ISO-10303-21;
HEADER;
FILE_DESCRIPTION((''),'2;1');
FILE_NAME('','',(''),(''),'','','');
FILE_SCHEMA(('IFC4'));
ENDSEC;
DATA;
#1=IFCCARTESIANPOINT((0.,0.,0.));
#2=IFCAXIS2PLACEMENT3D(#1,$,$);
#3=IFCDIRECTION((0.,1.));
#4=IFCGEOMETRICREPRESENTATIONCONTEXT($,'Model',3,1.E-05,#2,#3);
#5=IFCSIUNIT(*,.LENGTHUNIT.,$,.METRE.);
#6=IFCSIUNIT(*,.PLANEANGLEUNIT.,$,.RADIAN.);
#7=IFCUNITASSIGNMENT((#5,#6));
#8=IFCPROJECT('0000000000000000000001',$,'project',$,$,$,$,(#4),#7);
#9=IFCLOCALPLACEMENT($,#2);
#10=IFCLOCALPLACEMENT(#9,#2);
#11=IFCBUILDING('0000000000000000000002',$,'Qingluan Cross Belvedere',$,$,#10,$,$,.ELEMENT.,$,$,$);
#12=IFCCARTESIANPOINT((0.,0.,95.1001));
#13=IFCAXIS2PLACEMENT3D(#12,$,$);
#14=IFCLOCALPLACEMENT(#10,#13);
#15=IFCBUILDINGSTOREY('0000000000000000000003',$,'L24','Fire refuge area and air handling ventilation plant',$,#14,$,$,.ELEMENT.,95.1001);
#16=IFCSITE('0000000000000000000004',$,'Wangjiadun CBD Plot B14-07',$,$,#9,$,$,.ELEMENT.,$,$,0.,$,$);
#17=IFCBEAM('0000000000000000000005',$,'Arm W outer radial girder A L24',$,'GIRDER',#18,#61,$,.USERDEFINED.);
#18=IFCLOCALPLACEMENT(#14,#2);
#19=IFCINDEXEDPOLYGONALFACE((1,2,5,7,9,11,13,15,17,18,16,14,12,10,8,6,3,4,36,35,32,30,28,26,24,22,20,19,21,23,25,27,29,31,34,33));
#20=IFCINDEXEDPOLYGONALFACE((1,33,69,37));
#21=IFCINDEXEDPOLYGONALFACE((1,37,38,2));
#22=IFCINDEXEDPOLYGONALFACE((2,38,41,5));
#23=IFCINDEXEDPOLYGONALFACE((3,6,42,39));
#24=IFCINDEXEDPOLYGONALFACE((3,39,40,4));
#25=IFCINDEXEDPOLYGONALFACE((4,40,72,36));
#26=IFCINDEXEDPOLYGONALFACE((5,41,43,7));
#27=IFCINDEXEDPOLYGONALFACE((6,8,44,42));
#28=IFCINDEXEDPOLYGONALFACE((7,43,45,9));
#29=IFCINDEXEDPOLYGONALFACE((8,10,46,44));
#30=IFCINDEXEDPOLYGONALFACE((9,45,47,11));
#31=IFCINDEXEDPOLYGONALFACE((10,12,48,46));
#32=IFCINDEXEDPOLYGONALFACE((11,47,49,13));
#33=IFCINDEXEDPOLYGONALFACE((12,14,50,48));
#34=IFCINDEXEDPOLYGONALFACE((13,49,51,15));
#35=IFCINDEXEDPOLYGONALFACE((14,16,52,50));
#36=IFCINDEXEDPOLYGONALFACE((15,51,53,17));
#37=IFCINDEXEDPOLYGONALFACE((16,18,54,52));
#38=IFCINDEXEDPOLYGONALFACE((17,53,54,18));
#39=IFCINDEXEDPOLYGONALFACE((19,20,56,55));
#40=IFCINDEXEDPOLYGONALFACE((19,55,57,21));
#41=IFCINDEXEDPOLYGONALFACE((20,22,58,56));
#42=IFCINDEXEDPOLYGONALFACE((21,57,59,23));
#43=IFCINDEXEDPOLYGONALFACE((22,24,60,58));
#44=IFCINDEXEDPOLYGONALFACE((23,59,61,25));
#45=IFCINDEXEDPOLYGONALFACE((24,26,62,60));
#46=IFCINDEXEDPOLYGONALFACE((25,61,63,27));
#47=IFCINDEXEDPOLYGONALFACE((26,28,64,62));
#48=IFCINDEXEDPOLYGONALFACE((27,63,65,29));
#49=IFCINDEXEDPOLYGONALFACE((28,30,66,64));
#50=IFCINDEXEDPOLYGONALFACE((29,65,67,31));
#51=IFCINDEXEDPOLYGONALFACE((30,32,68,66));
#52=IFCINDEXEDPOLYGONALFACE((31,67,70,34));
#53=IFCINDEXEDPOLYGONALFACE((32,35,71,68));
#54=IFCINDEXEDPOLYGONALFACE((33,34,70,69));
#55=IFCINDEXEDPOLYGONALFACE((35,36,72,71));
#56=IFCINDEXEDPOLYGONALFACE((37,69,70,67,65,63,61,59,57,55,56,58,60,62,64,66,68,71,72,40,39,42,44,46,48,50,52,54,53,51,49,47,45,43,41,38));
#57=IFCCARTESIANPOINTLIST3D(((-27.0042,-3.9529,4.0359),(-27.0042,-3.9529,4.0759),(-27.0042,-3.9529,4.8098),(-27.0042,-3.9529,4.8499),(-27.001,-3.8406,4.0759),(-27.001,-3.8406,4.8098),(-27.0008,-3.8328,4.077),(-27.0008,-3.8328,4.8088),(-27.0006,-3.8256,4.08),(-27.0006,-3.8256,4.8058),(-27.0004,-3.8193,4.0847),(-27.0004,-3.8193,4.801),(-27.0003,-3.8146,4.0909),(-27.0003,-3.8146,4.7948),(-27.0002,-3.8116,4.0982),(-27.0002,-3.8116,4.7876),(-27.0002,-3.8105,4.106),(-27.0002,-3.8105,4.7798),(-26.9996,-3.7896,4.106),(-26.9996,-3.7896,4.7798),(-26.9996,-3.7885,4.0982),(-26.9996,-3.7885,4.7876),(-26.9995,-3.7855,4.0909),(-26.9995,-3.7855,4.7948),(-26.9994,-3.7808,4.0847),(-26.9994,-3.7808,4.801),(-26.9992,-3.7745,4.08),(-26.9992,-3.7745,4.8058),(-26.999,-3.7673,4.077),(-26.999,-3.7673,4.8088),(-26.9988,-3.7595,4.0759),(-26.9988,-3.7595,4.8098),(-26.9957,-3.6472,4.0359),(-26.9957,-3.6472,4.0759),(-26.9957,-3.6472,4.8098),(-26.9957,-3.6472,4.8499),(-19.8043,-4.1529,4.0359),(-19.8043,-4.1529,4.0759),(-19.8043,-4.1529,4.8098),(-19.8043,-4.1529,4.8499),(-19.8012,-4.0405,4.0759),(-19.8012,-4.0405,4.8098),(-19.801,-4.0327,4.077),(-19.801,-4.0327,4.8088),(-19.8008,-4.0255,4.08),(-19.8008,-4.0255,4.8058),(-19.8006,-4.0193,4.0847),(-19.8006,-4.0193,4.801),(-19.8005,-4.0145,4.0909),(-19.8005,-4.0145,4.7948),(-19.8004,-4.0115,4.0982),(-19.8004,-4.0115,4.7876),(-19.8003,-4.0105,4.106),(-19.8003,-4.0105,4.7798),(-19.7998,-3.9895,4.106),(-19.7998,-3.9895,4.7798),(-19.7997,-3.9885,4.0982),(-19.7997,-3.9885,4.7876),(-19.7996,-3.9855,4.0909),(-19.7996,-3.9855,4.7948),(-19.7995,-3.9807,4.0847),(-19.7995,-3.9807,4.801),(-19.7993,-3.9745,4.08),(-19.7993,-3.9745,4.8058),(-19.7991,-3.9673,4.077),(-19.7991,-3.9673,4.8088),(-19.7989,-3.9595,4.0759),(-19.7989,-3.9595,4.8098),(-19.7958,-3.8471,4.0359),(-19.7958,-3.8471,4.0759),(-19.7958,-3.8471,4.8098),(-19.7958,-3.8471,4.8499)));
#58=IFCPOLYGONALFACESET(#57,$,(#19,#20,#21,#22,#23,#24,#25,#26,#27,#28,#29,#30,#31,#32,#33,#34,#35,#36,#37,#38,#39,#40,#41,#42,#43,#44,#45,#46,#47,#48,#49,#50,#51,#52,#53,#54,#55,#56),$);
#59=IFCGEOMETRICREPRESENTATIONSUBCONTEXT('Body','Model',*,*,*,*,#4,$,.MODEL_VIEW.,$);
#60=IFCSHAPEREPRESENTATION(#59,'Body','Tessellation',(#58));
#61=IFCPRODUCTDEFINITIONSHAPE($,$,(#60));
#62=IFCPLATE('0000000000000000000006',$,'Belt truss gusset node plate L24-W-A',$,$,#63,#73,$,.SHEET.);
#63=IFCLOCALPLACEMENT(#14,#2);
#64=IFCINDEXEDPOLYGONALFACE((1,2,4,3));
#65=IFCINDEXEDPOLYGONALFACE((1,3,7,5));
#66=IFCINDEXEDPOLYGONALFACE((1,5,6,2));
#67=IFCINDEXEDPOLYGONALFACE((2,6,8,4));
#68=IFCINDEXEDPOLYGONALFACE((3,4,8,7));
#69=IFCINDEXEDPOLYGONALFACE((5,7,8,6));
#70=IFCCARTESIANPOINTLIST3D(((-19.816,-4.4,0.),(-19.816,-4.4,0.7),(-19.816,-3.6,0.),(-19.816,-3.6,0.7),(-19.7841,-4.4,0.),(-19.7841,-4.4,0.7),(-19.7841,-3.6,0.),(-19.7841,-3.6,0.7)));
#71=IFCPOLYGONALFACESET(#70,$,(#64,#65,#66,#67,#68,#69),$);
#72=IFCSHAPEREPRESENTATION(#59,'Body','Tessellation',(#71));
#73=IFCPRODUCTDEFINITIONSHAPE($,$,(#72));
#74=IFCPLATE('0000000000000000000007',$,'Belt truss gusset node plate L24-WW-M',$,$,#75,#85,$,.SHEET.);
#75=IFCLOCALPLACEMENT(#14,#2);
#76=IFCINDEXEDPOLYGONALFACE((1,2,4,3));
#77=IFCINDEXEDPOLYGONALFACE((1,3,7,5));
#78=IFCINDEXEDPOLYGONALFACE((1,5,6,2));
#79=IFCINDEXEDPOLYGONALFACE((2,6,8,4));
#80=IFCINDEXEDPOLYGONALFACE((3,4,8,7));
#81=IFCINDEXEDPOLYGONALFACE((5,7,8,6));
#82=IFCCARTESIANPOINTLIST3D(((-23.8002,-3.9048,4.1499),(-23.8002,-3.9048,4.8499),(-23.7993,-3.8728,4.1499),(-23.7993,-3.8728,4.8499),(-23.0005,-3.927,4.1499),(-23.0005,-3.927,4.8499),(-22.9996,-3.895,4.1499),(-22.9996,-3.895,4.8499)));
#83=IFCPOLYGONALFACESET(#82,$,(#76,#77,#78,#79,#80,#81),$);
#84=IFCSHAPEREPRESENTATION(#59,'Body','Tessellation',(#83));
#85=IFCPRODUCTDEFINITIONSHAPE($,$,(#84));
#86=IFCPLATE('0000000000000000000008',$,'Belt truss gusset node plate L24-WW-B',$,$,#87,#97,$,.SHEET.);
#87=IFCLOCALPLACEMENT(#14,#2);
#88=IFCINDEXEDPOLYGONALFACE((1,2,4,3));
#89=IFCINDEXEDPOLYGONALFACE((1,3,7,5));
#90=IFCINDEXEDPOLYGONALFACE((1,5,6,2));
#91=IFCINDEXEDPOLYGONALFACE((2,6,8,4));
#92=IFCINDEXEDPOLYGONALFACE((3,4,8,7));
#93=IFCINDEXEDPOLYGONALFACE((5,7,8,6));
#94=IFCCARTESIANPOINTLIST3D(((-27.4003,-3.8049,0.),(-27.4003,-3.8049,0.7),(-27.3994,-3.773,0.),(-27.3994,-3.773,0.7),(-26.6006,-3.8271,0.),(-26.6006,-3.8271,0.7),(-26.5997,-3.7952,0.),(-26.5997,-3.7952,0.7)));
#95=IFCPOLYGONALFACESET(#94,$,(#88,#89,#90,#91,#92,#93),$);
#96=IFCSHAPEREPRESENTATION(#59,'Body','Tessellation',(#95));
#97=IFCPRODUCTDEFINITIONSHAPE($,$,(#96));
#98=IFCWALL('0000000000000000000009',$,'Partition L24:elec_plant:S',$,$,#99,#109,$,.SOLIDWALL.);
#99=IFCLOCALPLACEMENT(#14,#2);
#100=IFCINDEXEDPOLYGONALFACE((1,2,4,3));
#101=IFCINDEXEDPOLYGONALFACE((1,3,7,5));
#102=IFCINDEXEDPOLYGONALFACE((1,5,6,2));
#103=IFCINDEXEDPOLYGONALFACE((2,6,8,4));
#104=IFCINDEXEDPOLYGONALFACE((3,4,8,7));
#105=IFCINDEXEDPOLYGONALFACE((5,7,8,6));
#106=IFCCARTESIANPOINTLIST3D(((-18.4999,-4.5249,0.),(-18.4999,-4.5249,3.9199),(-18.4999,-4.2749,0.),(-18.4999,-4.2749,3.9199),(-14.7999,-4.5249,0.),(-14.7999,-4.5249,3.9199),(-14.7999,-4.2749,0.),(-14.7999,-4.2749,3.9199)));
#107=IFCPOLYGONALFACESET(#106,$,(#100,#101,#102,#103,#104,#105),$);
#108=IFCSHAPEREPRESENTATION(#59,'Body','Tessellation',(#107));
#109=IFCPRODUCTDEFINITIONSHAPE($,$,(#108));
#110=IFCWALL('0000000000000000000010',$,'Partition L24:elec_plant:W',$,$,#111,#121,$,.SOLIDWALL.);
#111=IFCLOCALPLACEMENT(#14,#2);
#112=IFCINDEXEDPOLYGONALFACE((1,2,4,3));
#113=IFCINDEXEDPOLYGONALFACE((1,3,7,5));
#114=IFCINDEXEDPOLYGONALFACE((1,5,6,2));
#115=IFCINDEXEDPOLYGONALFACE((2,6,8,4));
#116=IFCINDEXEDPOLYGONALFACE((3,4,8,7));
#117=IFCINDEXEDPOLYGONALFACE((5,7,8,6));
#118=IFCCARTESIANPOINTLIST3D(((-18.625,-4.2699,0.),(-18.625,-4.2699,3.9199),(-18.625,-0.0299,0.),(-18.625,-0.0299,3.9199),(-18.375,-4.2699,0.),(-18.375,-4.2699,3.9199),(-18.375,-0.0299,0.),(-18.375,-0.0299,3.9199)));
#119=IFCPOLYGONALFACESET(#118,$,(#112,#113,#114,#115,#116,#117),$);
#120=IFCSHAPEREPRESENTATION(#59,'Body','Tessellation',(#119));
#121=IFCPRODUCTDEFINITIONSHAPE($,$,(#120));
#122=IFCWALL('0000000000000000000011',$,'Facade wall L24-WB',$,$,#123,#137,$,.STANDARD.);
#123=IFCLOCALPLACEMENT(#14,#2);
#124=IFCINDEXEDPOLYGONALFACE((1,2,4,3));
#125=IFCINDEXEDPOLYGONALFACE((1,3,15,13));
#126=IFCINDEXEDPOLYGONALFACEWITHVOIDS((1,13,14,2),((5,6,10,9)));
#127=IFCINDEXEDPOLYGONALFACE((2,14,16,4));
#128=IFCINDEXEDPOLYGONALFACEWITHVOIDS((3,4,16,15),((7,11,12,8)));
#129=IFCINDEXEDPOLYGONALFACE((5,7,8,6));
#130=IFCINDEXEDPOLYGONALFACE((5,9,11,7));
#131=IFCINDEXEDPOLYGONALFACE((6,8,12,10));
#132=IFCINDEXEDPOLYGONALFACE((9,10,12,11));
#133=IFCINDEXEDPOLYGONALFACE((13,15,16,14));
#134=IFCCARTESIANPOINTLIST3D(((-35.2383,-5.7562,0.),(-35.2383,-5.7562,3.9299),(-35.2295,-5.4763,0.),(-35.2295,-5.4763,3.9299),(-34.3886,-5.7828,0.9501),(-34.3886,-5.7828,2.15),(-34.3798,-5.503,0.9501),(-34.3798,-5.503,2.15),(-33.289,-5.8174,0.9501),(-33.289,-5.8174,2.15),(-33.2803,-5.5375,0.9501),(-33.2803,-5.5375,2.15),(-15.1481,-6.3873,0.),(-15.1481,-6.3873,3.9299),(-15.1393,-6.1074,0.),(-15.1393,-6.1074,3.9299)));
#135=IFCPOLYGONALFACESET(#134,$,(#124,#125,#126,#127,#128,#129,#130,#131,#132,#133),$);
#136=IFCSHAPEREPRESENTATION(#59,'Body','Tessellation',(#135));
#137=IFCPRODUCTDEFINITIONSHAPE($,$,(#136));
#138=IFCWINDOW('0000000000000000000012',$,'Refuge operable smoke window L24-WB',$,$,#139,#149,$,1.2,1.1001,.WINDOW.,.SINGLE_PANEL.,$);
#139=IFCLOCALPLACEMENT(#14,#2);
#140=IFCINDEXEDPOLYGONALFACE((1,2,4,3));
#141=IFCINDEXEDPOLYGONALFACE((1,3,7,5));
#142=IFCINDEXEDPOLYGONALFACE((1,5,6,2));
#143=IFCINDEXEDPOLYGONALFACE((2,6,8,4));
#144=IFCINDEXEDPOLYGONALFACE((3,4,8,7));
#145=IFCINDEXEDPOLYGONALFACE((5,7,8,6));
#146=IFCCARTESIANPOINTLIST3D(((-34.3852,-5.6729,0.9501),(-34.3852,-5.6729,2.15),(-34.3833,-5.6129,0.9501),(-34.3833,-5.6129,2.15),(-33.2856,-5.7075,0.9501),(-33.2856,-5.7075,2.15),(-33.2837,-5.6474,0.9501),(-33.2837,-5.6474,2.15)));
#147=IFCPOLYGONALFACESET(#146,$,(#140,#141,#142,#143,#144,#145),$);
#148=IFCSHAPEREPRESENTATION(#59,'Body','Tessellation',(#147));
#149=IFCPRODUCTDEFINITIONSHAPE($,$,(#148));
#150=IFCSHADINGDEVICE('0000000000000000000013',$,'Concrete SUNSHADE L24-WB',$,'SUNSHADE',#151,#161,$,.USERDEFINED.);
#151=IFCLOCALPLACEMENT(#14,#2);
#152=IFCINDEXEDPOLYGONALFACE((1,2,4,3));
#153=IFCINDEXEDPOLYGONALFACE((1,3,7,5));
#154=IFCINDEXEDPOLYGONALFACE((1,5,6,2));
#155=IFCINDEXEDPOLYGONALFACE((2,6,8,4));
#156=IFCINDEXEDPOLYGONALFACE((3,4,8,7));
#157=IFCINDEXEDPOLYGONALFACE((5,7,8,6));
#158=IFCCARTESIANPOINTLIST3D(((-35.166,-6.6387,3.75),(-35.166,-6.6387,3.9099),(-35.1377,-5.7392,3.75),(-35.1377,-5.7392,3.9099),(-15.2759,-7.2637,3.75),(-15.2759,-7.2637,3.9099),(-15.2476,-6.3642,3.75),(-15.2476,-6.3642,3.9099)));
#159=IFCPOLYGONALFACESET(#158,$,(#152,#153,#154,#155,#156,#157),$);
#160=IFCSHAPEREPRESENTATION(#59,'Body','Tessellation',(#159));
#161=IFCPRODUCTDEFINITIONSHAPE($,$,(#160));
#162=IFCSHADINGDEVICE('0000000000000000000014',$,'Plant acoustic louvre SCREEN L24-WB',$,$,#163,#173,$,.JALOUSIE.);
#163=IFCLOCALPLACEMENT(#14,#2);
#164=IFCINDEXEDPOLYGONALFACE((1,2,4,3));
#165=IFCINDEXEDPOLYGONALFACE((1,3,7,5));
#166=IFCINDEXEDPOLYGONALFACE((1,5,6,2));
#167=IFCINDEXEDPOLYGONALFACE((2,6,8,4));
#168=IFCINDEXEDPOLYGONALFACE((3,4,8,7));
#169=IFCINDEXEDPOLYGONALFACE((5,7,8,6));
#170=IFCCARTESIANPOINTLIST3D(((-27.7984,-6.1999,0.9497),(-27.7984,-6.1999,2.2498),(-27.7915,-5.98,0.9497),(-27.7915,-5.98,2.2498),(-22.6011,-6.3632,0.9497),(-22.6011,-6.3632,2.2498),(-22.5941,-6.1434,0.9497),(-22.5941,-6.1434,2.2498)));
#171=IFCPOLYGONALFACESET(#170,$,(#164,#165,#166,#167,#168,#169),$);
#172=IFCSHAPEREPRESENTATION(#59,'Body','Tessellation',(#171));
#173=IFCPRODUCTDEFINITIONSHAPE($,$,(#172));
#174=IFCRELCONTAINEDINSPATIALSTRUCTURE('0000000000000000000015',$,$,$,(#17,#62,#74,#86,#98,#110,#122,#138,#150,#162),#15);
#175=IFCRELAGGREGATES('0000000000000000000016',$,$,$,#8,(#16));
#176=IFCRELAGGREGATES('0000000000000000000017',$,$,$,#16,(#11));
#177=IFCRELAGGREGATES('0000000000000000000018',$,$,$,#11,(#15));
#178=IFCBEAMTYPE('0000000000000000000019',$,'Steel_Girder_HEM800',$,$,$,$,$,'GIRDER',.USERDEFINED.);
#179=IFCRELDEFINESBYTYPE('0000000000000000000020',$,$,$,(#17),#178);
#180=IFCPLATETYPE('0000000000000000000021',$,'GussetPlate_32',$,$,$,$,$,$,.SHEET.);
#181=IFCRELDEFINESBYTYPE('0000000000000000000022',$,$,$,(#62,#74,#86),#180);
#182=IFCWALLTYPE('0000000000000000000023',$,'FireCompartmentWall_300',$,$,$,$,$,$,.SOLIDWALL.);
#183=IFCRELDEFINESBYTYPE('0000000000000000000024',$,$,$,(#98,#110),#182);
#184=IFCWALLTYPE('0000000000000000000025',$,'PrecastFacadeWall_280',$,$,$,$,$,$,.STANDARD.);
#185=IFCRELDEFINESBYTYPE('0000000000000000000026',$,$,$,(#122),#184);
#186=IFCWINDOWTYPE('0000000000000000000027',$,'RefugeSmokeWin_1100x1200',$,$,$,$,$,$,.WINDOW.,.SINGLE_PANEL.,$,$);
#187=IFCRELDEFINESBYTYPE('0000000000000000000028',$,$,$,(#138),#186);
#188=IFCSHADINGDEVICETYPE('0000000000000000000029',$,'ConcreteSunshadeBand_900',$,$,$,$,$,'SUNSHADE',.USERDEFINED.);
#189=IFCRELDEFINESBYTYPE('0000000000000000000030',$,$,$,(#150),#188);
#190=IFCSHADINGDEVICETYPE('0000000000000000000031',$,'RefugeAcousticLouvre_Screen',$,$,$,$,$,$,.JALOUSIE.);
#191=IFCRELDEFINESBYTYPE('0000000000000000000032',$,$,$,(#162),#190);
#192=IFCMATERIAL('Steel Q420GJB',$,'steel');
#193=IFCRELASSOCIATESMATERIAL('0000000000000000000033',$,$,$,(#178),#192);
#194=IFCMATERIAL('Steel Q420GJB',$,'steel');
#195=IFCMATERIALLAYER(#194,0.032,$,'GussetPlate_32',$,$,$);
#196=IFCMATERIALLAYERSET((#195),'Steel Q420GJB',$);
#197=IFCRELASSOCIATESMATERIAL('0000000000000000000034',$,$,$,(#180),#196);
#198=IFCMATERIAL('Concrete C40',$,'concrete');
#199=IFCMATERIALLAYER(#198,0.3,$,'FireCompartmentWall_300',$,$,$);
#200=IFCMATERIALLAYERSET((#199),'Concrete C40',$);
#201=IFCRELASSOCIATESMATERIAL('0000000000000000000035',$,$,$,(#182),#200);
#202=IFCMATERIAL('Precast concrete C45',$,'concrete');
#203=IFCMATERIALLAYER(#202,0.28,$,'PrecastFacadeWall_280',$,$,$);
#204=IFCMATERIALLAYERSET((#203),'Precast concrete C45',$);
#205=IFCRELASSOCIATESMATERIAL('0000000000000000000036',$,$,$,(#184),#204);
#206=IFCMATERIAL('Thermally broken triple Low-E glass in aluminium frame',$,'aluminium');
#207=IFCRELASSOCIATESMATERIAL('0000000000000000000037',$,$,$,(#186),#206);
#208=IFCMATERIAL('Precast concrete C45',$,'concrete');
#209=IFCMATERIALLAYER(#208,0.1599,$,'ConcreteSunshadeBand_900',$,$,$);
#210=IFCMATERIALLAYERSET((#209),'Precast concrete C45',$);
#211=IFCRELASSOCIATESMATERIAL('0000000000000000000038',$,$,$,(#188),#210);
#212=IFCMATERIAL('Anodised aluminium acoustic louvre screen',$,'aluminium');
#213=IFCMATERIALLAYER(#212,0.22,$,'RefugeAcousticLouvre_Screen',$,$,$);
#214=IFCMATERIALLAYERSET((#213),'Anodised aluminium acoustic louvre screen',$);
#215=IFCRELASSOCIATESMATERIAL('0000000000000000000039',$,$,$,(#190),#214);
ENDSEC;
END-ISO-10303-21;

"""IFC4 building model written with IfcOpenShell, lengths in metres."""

from ifc_helpers import new_model, si_unit, direction, frame, frame_2d, origin, origin_2d, place, context, subcontext, project, spatial, rectangle, i_section, extrude, material, layer, layer_set, material_profile, profile_set, type_object, element, fill, save


model = new_model("IFC4")

# Units and contexts
model_context = context("Model", 3, precision=1e-05, world=origin(), true_north=direction((0.0, 1.0)))
body_context = subcontext(model_context, "Body", "Model", "MODEL_VIEW")
ifc_project = project(units=[si_unit("LENGTHUNIT", "METRE"), si_unit("PLANEANGLEUNIT", "RADIAN")], contexts=[model_context])

# Site, building, storey
site_placement = place(None, origin())
site = spatial("IfcSite", under=ifc_project, at=site_placement, Name="Wangjiadun CBD Plot B14-07", CompositionType="ELEMENT", RefElevation=0.0)
building_placement = place(site_placement, origin())
building = spatial("IfcBuilding", under=site, at=building_placement, Name="Qingluan Cross Belvedere", CompositionType="ELEMENT")
storey_placement = place(building_placement, frame((0.0, 0.0, 95.1001)))
storey = spatial("IfcBuildingStorey", under=building, at=storey_placement, Name="L24", Description="Fire refuge area and air handling ventilation plant", CompositionType="ELEMENT", Elevation=95.1001)

# Beam
ifc_material_1 = material(Name="Steel Q420GJB", Category="steel")
ifc_material_profile_1 = material_profile(ifc_material_1, i_section(OverallWidth=0.3059, OverallDepth=0.814, WebThickness=0.021, FlangeThickness=0.04, FilletRadius=0.03, at=origin_2d()), Name="HEM800")
ifc_profile_set_1 = profile_set([ifc_material_profile_1], Name="Steel Q420GJB")
beam_type_1 = type_object("IfcBeamType", Name="Steel_Girder_HEM800", ElementType="GIRDER", PredefinedType="USERDEFINED", material=ifc_profile_set_1)
beam_1_placement = place(storey_placement, frame((-19.8, -4.0, 4.4429), z_axis=(-0.999615, 0.02776, 0.0), x_axis=(-0.02776, -0.999615, 0.0)))
element("IfcBeam", 1, at=beam_1_placement, inside=storey, type_object=beam_type_1, Name="Arm W outer radial girder A L24", ObjectType="GIRDER", PredefinedType="USERDEFINED", context=body_context, shape_type="SweptSolid", body=[
    extrude(i_section(OverallWidth=0.3059, OverallDepth=0.814, WebThickness=0.021, FlangeThickness=0.04, FilletRadius=0.03, at=origin_2d()), origin(), (0.0, 0.0, 1.0), 7.2026),
])

# Plates
ifc_material_2 = material(Name="Steel Q420GJB", Category="steel")
ifc_layer_1 = layer(ifc_material_2, 0.032, Name="GussetPlate_32")
ifc_layer_set_1 = layer_set([ifc_layer_1], Name="Steel Q420GJB")
plate_type = type_object("IfcPlateType", Name="GussetPlate_32", PredefinedType="SHEET", material=ifc_layer_set_1)
for number, where, z_axis, x_axis, name in (
    (2, (-19.8, -4.0, 0.0), (0.0, 0.0, 1.0), (0.0, 1.0, 0.0), "Belt truss gusset node plate L24-W-A"),
    (3, (-23.3999, -3.8999, 4.1499), (0.0, 0.0, 1.0), (-0.999614, 0.027767, 0.0), "Belt truss gusset node plate L24-WW-M"),
    (4, (-27.0, -3.8, 0.0), (0.0, 0.0, 1.0), (-0.999614, 0.027767, 0.0), "Belt truss gusset node plate L24-WW-B"),
):
    element("IfcPlate", number, at=place(storey_placement, frame(where, z_axis=z_axis, x_axis=x_axis)), inside=storey, type_object=plate_type, Name=name, PredefinedType="SHEET", context=body_context, shape_type="SweptSolid", body=[
        extrude(rectangle(XDim=0.8, YDim=0.032, at=origin_2d()), origin(), (0.0, 0.0, 1.0), 0.7),
    ])

# Walls
ifc_material_3 = material(Name="Concrete C40", Category="concrete")
ifc_layer_2 = layer(ifc_material_3, 0.3, Name="FireCompartmentWall_300")
ifc_layer_set_2 = layer_set([ifc_layer_2], Name="Concrete C40")
wall_type_1 = type_object("IfcWallType", Name="FireCompartmentWall_300", PredefinedType="SOLIDWALL", material=ifc_layer_set_2)
wall_1_placement = place(storey_placement, frame((-18.5, -4.3999, 0.0), z_axis=(0.0, 0.0, 1.0), x_axis=(1.0, 0.0, 0.0)))
element("IfcWall", 5, at=wall_1_placement, inside=storey, type_object=wall_type_1, Name="Partition L24:elec_plant:S", PredefinedType="SOLIDWALL", context=body_context, shape_type="SweptSolid", body=[
    extrude(rectangle(XDim=3.7, YDim=0.25, at=frame_2d((1.8501, 0.0))), origin(), (0.0, 0.0, 1.0), 3.9199),
])
wall_2_placement = place(storey_placement, frame((-18.5, -4.27, 0.0), z_axis=(0.0, 0.0, 1.0), x_axis=(0.0, 1.0, 0.0)))
element("IfcWall", 6, at=wall_2_placement, inside=storey, type_object=wall_type_1, Name="Partition L24:elec_plant:W", PredefinedType="SOLIDWALL", context=body_context, shape_type="SweptSolid", body=[
    extrude(rectangle(XDim=4.24, YDim=0.25, at=frame_2d((2.1201, 0.0))), origin(), (0.0, 0.0, 1.0), 3.9199),
])

# Wall, opening, window
ifc_material_4 = material(Name="Precast concrete C45", Category="concrete")
ifc_layer_3 = layer(ifc_material_4, 0.28, Name="PrecastFacadeWall_280")
ifc_layer_set_3 = layer_set([ifc_layer_3], Name="Precast concrete C45")
wall_type_2 = type_object("IfcWallType", Name="PrecastFacadeWall_280", PredefinedType="STANDARD", material=ifc_layer_set_3)
wall_3_placement = place(storey_placement, frame((-35.2339, -5.6162, 0.0), z_axis=(0.0, 0.0, 1.0), x_axis=(0.999507, -0.031398, 0.0)))
wall_3 = element("IfcWall", 7, at=wall_3_placement, inside=storey, type_object=wall_type_2, Name="Facade wall L24-WB", PredefinedType="STANDARD", context=body_context, shape_type="SweptSolid", body=[
    extrude(rectangle(XDim=20.1001, YDim=0.28, at=frame_2d((10.05, 0.0))), origin(), (0.0, 0.0, 1.0), 3.9299),
])
opening_placement = place(wall_3_placement, frame((0.8501, 0.0, 0.95)))
opening = element("IfcOpeningElement", 8, at=opening_placement, cuts=wall_3, PredefinedType="OPENING", context=body_context, shape_type="SweptSolid", body=[
    extrude(rectangle(XDim=1.1001, YDim=1.2, at=frame_2d((0.55, 0.6001))), frame((0.0, 0.1499, 0.0), z_axis=(0.0, -1.0, 0.0), x_axis=(1.0, 0.0, 0.0)), (0.0, 0.0, 1.0), 0.3),
])
ifc_material_5 = material(Name="Thermally broken triple Low-E glass in aluminium frame", Category="aluminium")
window_type = type_object("IfcWindowType", Name="RefugeSmokeWin_1100x1200", PartitioningType="SINGLE_PANEL", PredefinedType="WINDOW", material=ifc_material_5)
window_placement = place(opening_placement, origin())
window = element("IfcWindow", 9, at=window_placement, inside=storey, type_object=window_type, Name="Refuge operable smoke window L24-WB", OverallHeight=1.2, OverallWidth=1.1001, PartitioningType="SINGLE_PANEL", PredefinedType="WINDOW", context=body_context, shape_type="SweptSolid", body=[
    extrude(rectangle(XDim=1.1001, YDim=1.2, at=frame_2d((0.55, 0.6001))), frame((0.0, 0.03, 0.0), z_axis=(0.0, -1.0, 0.0), x_axis=(1.0, 0.0, 0.0)), (0.0, 0.0, 1.0), 0.0601),
])
fill(opening, window)

# Shading devices
ifc_material_6 = material(Name="Precast concrete C45", Category="concrete")
ifc_layer_4 = layer(ifc_material_6, 0.1599, Name="ConcreteSunshadeBand_900")
ifc_layer_set_4 = layer_set([ifc_layer_4], Name="Precast concrete C45")
shading_device_type_1 = type_object("IfcShadingDeviceType", Name="ConcreteSunshadeBand_900", ElementType="SUNSHADE", PredefinedType="USERDEFINED", material=ifc_layer_set_4)
shading_device_1_placement = place(storey_placement, frame((-25.2068, -6.5015, 3.75), z_axis=(0.0, 0.0, 1.0), x_axis=(0.999507, -0.031408, 0.0)))
element("IfcShadingDevice", 10, at=shading_device_1_placement, inside=storey, type_object=shading_device_type_1, Name="Concrete SUNSHADE L24-WB", ObjectType="SUNSHADE", PredefinedType="USERDEFINED", context=body_context, shape_type="SweptSolid", body=[
    extrude(rectangle(XDim=19.8999, YDim=0.8999, at=origin_2d()), origin(), (0.0, 0.0, 1.0), 0.1599),
])
ifc_material_7 = material(Name="Anodised aluminium acoustic louvre screen", Category="aluminium")
ifc_layer_5 = layer(ifc_material_7, 0.22, Name="RefugeAcousticLouvre_Screen")
ifc_layer_set_5 = layer_set([ifc_layer_5], Name="Anodised aluminium acoustic louvre screen")
shading_device_type_2 = type_object("IfcShadingDeviceType", Name="RefugeAcousticLouvre_Screen", PredefinedType="JALOUSIE", material=ifc_layer_set_5)
shading_device_2_placement = place(storey_placement, frame((-25.1963, -6.1716, 0.9497), z_axis=(0.0, 0.0, 1.0), x_axis=(0.999507, -0.031408, 0.0)))
element("IfcShadingDevice", 11, at=shading_device_2_placement, inside=storey, type_object=shading_device_type_2, Name="Plant acoustic louvre SCREEN L24-WB", PredefinedType="JALOUSIE", context=body_context, shape_type="SweptSolid", body=[
    extrude(rectangle(XDim=5.2, YDim=0.22, at=origin_2d()), origin(), (0.0, 0.0, 1.0), 1.3),
])

save(model, "model.ifc")
